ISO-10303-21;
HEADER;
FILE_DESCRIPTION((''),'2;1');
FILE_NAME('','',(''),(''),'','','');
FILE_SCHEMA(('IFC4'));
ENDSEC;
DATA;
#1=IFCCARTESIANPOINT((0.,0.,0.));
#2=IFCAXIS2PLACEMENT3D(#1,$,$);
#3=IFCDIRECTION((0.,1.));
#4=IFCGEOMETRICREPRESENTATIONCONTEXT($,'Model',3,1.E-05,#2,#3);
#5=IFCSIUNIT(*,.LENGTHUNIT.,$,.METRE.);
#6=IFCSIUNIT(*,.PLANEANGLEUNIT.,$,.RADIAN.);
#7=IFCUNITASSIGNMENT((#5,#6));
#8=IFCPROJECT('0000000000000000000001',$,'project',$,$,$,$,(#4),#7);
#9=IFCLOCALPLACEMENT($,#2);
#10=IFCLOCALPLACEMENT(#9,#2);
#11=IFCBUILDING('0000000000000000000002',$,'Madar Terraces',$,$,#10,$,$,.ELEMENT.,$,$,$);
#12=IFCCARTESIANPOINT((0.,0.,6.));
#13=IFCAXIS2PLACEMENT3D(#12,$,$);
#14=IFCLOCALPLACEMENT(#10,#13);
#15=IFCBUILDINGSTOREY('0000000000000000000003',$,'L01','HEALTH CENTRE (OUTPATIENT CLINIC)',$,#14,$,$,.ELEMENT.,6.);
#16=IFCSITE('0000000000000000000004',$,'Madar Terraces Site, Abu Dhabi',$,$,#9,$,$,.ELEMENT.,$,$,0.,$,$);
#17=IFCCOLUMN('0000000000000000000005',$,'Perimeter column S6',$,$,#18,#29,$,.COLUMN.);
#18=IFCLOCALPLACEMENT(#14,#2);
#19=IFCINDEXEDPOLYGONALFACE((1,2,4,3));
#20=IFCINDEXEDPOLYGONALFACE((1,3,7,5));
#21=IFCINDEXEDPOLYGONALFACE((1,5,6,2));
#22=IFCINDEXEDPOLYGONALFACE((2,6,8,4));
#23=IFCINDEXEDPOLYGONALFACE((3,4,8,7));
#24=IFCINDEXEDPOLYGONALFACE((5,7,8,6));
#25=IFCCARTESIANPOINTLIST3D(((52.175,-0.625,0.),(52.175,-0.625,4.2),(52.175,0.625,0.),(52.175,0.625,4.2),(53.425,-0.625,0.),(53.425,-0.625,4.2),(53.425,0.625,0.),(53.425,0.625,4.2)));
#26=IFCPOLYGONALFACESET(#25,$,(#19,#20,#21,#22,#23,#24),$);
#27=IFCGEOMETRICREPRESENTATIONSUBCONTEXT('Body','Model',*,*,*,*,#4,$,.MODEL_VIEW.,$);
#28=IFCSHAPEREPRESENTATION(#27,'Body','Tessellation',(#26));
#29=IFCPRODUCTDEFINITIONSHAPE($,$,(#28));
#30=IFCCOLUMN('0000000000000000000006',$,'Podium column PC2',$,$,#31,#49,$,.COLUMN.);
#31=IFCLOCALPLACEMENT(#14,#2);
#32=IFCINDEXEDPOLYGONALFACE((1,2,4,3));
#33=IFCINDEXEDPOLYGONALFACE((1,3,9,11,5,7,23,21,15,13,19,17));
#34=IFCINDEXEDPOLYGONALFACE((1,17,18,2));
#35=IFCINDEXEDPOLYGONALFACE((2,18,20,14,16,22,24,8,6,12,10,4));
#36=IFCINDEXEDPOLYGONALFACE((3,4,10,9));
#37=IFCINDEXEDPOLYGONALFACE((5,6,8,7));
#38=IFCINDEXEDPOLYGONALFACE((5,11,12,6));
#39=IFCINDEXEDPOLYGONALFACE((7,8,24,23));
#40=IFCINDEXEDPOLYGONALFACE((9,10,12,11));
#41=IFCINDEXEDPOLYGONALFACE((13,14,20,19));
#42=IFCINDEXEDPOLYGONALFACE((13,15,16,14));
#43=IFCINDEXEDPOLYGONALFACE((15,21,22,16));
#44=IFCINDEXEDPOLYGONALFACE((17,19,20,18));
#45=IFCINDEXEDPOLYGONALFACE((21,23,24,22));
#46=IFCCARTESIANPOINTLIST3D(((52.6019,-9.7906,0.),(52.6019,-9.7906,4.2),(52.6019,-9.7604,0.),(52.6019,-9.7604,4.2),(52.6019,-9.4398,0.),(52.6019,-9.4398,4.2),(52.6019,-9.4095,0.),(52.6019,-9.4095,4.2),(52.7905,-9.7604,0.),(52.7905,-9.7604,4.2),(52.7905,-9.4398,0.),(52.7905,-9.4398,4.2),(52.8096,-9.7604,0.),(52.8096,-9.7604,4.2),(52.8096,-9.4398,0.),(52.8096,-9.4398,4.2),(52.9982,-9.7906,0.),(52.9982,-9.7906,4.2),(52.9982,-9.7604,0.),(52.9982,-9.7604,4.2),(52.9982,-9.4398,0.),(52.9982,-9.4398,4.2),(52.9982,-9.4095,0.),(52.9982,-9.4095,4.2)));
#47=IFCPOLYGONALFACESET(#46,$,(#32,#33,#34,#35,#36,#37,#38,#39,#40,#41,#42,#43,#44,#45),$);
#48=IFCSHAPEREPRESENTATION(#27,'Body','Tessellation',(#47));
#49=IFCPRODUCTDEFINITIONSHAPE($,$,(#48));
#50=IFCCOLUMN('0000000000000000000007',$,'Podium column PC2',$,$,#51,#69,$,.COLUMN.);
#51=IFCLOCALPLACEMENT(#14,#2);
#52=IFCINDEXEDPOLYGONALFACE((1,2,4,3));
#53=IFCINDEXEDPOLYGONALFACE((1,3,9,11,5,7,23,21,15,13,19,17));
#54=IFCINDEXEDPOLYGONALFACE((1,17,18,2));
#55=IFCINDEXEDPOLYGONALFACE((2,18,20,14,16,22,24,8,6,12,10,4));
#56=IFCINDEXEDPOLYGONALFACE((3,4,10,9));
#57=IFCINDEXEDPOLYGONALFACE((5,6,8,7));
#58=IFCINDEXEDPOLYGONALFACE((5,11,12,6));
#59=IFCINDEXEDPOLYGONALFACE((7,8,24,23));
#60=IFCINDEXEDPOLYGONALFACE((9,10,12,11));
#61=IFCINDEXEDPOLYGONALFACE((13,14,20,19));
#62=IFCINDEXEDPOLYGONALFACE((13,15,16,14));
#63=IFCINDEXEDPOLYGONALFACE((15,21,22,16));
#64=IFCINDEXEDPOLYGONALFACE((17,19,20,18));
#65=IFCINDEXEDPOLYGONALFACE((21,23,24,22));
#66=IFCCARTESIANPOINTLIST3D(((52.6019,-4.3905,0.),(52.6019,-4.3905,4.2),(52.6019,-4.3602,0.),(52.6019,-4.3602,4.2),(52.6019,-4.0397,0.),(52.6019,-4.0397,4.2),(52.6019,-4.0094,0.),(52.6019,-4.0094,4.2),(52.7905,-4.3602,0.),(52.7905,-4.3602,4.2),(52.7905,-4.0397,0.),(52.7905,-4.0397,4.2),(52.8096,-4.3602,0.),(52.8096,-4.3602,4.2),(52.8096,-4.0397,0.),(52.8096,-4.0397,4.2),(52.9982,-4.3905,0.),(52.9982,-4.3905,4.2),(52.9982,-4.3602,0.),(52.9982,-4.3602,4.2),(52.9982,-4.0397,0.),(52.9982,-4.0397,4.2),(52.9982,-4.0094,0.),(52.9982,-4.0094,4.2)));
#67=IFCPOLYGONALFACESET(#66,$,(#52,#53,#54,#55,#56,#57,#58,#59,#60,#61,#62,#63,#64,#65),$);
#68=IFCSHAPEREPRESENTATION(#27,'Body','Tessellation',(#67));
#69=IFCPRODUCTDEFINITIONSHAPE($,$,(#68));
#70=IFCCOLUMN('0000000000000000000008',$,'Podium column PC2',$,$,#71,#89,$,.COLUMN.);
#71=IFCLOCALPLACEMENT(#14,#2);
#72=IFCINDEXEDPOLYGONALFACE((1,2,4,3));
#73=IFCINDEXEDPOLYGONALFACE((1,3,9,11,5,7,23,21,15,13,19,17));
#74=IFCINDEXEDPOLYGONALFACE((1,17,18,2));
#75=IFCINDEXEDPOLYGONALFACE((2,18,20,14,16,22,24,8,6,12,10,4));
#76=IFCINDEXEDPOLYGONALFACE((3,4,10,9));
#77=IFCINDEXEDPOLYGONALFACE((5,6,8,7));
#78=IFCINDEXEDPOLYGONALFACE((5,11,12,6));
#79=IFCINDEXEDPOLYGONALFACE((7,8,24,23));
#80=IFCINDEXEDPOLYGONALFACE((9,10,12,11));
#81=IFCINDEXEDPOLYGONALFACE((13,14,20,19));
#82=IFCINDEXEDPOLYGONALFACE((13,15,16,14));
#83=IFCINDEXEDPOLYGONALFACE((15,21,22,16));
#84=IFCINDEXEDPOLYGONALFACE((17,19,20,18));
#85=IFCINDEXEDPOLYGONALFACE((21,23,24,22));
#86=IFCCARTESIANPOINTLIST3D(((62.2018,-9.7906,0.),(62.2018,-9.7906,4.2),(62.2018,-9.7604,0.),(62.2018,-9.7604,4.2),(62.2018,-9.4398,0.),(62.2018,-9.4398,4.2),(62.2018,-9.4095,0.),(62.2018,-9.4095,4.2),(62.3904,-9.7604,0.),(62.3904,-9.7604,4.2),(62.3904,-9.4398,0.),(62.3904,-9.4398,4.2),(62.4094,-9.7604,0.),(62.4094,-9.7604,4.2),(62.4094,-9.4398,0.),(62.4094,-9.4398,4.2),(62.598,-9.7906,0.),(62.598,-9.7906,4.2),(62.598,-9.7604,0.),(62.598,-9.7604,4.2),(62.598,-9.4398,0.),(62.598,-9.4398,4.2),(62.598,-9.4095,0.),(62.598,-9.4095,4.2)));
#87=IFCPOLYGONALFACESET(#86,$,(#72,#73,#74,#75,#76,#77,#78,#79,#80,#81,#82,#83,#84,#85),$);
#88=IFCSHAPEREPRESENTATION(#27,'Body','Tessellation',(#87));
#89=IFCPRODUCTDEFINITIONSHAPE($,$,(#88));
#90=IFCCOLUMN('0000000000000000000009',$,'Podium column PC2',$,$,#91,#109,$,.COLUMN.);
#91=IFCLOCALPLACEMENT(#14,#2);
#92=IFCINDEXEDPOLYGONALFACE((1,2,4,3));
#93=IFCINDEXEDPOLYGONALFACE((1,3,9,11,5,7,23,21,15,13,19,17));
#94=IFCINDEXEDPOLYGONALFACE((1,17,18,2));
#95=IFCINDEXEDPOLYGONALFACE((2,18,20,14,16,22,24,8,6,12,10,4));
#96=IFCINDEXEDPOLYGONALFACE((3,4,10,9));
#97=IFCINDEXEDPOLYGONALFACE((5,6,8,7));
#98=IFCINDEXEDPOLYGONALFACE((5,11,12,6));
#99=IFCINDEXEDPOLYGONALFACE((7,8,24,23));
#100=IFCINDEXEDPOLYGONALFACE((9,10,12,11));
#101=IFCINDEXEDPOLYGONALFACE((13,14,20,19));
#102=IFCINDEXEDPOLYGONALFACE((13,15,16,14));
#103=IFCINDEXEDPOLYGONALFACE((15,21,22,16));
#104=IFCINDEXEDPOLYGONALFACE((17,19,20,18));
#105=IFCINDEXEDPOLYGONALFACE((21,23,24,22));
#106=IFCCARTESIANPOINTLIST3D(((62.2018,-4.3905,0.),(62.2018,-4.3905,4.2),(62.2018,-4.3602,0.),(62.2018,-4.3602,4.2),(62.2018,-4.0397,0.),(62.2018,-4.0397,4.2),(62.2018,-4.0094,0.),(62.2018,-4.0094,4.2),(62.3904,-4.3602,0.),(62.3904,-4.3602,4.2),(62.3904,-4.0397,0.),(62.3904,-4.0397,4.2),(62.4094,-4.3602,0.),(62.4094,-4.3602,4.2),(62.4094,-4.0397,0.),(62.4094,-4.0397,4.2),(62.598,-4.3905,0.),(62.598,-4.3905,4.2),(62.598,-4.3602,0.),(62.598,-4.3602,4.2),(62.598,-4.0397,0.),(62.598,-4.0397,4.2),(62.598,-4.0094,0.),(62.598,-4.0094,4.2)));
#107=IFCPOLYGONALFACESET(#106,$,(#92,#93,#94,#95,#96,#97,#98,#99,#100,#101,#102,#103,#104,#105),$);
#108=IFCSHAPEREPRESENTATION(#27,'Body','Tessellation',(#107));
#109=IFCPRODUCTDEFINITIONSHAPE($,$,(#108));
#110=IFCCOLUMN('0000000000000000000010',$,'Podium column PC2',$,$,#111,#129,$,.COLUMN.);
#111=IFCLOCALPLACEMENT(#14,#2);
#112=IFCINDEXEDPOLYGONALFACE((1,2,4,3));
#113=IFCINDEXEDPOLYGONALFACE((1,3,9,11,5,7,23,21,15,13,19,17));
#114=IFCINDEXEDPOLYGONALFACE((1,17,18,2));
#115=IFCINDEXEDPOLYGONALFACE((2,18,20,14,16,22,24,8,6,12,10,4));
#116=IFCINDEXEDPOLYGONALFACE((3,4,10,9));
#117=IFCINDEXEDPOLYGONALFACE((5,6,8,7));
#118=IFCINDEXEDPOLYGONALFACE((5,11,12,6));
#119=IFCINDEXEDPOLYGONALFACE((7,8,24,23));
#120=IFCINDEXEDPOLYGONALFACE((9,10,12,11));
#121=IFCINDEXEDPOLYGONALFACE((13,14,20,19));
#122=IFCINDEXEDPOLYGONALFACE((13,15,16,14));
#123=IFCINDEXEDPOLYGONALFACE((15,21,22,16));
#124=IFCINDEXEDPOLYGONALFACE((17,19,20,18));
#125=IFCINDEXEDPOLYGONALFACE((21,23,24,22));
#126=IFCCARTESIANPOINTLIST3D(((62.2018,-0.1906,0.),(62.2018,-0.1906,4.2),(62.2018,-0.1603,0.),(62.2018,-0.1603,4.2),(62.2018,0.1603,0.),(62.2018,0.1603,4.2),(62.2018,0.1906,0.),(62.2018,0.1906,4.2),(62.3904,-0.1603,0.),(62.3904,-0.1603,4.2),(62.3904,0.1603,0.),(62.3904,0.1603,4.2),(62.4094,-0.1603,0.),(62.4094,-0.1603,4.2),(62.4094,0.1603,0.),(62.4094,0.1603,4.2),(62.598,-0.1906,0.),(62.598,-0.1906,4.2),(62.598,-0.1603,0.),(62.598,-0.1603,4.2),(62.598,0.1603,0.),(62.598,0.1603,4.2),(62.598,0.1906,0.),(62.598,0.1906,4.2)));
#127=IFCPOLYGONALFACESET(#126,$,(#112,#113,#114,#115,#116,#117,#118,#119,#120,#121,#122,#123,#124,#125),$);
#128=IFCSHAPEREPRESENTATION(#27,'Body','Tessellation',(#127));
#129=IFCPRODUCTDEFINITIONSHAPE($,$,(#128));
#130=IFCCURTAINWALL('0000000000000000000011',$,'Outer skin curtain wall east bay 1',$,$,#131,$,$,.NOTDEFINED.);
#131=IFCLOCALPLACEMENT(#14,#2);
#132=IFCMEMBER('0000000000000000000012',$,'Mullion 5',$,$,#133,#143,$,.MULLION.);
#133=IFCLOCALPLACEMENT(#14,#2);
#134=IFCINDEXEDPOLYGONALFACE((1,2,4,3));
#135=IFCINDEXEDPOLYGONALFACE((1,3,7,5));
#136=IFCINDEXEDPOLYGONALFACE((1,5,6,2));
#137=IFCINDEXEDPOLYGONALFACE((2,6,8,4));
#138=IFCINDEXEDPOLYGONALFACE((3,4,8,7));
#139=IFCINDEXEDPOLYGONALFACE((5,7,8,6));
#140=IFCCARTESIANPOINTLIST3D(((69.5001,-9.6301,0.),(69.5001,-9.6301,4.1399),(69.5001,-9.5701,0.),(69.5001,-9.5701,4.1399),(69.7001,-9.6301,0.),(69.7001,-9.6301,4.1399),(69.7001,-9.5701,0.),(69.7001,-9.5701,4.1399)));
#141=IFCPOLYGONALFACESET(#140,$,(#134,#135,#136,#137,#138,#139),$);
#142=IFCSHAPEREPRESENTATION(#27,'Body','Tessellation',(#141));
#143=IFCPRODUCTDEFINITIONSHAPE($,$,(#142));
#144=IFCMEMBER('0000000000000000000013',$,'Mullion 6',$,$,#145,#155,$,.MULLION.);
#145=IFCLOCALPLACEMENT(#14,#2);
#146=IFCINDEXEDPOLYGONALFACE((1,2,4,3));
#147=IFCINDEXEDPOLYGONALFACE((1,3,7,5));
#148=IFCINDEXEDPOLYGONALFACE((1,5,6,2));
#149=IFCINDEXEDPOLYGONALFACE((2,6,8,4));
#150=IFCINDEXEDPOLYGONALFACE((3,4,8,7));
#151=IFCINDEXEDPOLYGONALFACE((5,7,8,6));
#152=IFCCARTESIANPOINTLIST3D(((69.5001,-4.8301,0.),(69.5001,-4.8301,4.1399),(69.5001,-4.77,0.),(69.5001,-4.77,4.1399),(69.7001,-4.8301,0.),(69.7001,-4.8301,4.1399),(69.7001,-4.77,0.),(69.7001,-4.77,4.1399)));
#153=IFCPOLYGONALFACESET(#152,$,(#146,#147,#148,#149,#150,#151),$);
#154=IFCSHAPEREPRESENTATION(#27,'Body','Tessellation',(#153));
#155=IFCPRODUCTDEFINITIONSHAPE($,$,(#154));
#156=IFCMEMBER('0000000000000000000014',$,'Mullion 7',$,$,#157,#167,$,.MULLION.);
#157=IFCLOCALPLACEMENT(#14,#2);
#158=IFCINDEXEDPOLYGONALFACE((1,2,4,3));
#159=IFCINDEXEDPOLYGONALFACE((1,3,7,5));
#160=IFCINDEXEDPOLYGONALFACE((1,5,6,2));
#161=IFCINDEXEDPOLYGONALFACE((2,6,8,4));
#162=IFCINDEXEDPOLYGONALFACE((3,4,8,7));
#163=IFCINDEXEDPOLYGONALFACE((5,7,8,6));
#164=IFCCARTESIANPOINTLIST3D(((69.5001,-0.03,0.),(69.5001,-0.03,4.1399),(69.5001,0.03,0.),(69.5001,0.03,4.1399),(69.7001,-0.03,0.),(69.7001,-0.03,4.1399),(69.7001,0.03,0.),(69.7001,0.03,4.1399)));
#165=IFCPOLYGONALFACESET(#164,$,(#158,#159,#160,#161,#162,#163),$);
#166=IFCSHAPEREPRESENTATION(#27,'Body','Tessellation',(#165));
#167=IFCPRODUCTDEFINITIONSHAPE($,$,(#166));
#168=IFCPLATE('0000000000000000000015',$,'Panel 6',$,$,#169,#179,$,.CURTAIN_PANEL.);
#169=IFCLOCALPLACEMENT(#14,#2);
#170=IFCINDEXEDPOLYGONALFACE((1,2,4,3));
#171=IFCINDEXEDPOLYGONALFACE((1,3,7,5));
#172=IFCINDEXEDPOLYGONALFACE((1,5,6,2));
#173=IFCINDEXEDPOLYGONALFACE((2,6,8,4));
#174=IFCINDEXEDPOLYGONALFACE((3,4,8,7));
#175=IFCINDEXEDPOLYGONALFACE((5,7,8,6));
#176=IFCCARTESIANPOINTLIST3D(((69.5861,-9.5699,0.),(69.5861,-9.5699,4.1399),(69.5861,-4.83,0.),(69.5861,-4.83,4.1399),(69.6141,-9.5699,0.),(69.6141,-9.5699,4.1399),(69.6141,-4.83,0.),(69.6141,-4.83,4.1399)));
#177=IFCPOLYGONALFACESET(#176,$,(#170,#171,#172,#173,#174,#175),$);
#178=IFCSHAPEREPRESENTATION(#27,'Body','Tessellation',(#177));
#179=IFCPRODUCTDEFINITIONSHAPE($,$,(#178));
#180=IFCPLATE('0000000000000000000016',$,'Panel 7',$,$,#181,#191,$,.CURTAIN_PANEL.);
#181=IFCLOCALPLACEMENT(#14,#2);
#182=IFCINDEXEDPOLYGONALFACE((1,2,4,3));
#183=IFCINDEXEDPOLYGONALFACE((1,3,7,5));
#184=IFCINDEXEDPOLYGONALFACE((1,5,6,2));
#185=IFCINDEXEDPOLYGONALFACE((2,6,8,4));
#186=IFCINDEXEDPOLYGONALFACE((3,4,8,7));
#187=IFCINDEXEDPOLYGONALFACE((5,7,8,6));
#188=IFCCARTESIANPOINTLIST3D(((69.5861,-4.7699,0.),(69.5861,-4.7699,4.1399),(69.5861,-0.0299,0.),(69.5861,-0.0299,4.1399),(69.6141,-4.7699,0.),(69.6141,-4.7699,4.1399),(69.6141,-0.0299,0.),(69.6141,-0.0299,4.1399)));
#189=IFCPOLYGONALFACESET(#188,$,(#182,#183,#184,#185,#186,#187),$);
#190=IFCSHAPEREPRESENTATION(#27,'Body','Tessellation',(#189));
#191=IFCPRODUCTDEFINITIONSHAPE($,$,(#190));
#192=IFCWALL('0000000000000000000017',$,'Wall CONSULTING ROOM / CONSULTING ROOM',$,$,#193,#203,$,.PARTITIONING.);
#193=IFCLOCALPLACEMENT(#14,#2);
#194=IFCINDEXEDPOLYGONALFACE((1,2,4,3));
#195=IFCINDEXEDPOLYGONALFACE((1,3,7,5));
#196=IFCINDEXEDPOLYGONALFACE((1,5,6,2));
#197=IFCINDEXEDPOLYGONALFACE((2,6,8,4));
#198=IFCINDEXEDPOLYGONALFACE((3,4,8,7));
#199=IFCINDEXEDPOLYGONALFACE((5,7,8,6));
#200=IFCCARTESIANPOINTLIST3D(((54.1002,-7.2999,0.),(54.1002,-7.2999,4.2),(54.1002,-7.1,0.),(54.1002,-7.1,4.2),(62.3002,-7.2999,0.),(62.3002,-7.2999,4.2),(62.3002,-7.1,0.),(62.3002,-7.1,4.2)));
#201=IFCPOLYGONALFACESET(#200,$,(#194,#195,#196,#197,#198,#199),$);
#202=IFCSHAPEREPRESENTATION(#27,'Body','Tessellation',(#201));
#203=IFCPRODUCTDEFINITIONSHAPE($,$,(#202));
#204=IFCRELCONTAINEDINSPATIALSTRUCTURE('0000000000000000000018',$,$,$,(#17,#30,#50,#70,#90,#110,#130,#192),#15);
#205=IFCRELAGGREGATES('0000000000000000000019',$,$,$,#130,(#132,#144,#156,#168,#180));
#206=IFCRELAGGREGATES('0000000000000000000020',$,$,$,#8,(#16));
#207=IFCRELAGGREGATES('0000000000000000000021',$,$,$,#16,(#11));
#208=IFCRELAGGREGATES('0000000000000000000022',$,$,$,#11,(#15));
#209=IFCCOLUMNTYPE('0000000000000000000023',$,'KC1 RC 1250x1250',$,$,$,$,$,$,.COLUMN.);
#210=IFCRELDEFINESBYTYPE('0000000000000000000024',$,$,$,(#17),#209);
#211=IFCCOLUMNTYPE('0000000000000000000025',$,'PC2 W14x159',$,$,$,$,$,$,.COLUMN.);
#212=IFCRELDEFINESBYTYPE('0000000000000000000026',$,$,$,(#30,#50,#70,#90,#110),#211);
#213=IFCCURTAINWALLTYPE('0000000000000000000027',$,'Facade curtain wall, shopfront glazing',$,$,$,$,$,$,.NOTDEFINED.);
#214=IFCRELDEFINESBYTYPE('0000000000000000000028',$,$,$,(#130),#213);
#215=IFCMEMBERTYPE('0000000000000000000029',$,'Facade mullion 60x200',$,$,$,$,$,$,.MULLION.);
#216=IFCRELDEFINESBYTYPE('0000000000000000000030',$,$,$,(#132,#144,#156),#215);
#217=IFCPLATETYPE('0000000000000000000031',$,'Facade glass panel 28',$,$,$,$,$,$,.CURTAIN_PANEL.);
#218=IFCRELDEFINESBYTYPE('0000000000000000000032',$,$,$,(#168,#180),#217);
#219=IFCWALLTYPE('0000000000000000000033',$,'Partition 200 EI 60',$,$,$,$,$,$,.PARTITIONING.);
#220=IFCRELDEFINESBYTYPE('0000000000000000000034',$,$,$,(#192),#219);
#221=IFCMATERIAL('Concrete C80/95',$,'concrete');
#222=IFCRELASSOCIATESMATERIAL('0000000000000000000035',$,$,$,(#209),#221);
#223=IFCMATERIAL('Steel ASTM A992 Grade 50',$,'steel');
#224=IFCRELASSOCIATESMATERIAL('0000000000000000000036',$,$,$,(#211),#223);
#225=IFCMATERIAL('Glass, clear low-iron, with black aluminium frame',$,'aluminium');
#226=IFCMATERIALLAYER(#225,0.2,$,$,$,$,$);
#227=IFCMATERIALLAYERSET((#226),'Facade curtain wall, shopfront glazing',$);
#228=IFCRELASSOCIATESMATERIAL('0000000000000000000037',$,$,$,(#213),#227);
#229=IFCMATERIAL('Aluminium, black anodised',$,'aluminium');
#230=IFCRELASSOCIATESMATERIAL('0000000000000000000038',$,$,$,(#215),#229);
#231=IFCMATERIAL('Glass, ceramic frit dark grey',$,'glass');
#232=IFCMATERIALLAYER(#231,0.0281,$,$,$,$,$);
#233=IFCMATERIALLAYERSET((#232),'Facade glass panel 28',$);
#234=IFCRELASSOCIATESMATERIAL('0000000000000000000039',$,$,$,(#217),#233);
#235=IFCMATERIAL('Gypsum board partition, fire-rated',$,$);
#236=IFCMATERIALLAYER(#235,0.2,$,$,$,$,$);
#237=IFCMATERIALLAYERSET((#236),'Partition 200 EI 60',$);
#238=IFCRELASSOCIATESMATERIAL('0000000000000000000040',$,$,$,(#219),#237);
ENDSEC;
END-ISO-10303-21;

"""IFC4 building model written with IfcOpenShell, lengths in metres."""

from ifc_helpers import new_model, si_unit, direction, frame, frame_2d, origin, origin_2d, place, context, subcontext, project, spatial, rectangle, i_section, extrude, material, layer, layer_set, material_profile, profile_set, type_object, element, aggregate, save


model = new_model("IFC4")

# Units and contexts
model_context = context("Model", 3, precision=1e-05, world=origin(), true_north=direction((0.0, 1.0)))
body_context = subcontext(model_context, "Body", "Model", "MODEL_VIEW")
ifc_project = project(units=[si_unit("LENGTHUNIT", "METRE"), si_unit("PLANEANGLEUNIT", "RADIAN")], contexts=[model_context])

# Site, building, storey
site_placement = place(None, origin())
site = spatial("IfcSite", under=ifc_project, at=site_placement, Name="Madar Terraces Site, Abu Dhabi", CompositionType="ELEMENT", RefElevation=0.0)
building_placement = place(site_placement, origin())
building = spatial("IfcBuilding", under=site, at=building_placement, Name="Madar Terraces", CompositionType="ELEMENT")
storey_placement = place(building_placement, frame((0.0, 0.0, 6.0)))
storey = spatial("IfcBuildingStorey", under=building, at=storey_placement, Name="L01", Description="HEALTH CENTRE (OUTPATIENT CLINIC)", CompositionType="ELEMENT", Elevation=6.0)

# Columns
ifc_material_1 = material(Name="Concrete C80/95", Category="concrete")
ifc_material_profile_1 = material_profile(ifc_material_1, rectangle(XDim=1.25, YDim=1.25, at=origin_2d()), Name="KC1 RC 1250x1250")
ifc_profile_set_1 = profile_set([ifc_material_profile_1], Name="Concrete C80/95")
column_type_1 = type_object("IfcColumnType", Name="KC1 RC 1250x1250", PredefinedType="COLUMN", material=ifc_profile_set_1)
column_placement = place(storey_placement, frame((52.8, 0.0, 0.0), z_axis=(0.0, 0.0, 1.0), x_axis=(1.0, 0.0, 0.0)))
element("IfcColumn", 1, at=column_placement, inside=storey, type_object=column_type_1, Name="Perimeter column S6", PredefinedType="COLUMN", context=body_context, shape_type="SweptSolid", body=[
    extrude(rectangle(XDim=1.25, YDim=1.25, at=origin_2d()), origin(), (0.0, 0.0, 1.0), 4.2),
])
ifc_material_2 = material(Name="Steel ASTM A992 Grade 50", Category="steel")
ifc_material_profile_2 = material_profile(ifc_material_2, i_section(OverallWidth=0.3962, OverallDepth=0.3811, WebThickness=0.019, FlangeThickness=0.0303, at=origin_2d()), Name="W14x159")
ifc_profile_set_2 = profile_set([ifc_material_profile_2], Name="Steel ASTM A992 Grade 50")
column_type_2 = type_object("IfcColumnType", Name="PC2 W14x159", PredefinedType="COLUMN", material=ifc_profile_set_2)
for number, where, z_axis, x_axis, name in (
    (2, (52.8, -9.6001, 0.0), (0.0, 0.0, 1.0), (1.0, 0.0, 0.0), "Podium column PC2"),
    (3, (52.8, -4.2, 0.0), (0.0, 0.0, 1.0), (1.0, 0.0, 0.0), "Podium column PC2"),
    (4, (62.3999, -9.6001, 0.0), (0.0, 0.0, 1.0), (1.0, 0.0, 0.0), "Podium column PC2"),
    (5, (62.3999, -4.2, 0.0), (0.0, 0.0, 1.0), (1.0, 0.0, 0.0), "Podium column PC2"),
    (6, (62.3999, 0.0, 0.0), (0.0, 0.0, 1.0), (1.0, 0.0, 0.0), "Podium column PC2"),
):
    element("IfcColumn", number, at=place(storey_placement, frame(where, z_axis=z_axis, x_axis=x_axis)), inside=storey, type_object=column_type_2, Name=name, PredefinedType="COLUMN", context=body_context, shape_type="SweptSolid", body=[
        extrude(i_section(OverallWidth=0.3962, OverallDepth=0.3811, WebThickness=0.019, FlangeThickness=0.0303, at=origin_2d()), origin(), (0.0, 0.0, 1.0), 4.2),
    ])

# Curtain wall, members, plates
ifc_material_3 = material(Name="Glass, clear low-iron, with black aluminium frame", Category="aluminium")
ifc_layer_1 = layer(ifc_material_3, 0.2)
ifc_layer_set_1 = layer_set([ifc_layer_1], Name="Facade curtain wall, shopfront glazing")
curtain_wall_type = type_object("IfcCurtainWallType", Name="Facade curtain wall, shopfront glazing", PredefinedType="NOTDEFINED", material=ifc_layer_set_1)
curtain_wall_placement = place(storey_placement, origin())
curtain_wall = element("IfcCurtainWall", 7, at=curtain_wall_placement, inside=storey, type_object=curtain_wall_type, Name="Outer skin curtain wall east bay 1", PredefinedType="NOTDEFINED")
ifc_material_4 = material(Name="Aluminium, black anodised", Category="aluminium")
ifc_material_profile_3 = material_profile(ifc_material_4, rectangle(XDim=0.2, YDim=0.0601, at=origin_2d()), Name="Facade mullion 60x200")
ifc_profile_set_3 = profile_set([ifc_material_profile_3], Name="Aluminium, black anodised")
member_type = type_object("IfcMemberType", Name="Facade mullion 60x200", PredefinedType="MULLION", material=ifc_profile_set_3)
member_1_placement = place(storey_placement, frame((69.6001, -9.6001, 0.0), z_axis=(0.0, 0.0, 1.0), x_axis=(-1.0, 0.0, 0.0)))
member_1 = element("IfcMember", 8, at=member_1_placement, type_object=member_type, Name="Mullion 5", PredefinedType="MULLION", context=body_context, shape_type="SweptSolid", body=[
    extrude(rectangle(XDim=0.2, YDim=0.0601, at=origin_2d()), origin(), (0.0, 0.0, 1.0), 4.1399),
])
member_2_placement = place(storey_placement, frame((69.6001, -4.8, 0.0), z_axis=(0.0, 0.0, 1.0), x_axis=(-1.0, 0.0, 0.0)))
member_2 = element("IfcMember", 9, at=member_2_placement, type_object=member_type, Name="Mullion 6", PredefinedType="MULLION", context=body_context, shape_type="SweptSolid", body=[
    extrude(rectangle(XDim=0.2, YDim=0.0601, at=origin_2d()), origin(), (0.0, 0.0, 1.0), 4.1399),
])
member_3_placement = place(storey_placement, frame((69.6001, 0.0, 0.0), z_axis=(0.0, 0.0, 1.0), x_axis=(-1.0, 0.0, 0.0)))
member_3 = element("IfcMember", 10, at=member_3_placement, type_object=member_type, Name="Mullion 7", PredefinedType="MULLION", context=body_context, shape_type="SweptSolid", body=[
    extrude(rectangle(XDim=0.2, YDim=0.0601, at=origin_2d()), origin(), (0.0, 0.0, 1.0), 4.1399),
])
ifc_material_5 = material(Name="Glass, ceramic frit dark grey", Category="glass")
ifc_layer_2 = layer(ifc_material_5, 0.0281)
ifc_layer_set_2 = layer_set([ifc_layer_2], Name="Facade glass panel 28")
plate_type = type_object("IfcPlateType", Name="Facade glass panel 28", PredefinedType="CURTAIN_PANEL", material=ifc_layer_set_2)
plate_1_placement = place(storey_placement, frame((69.6001, -7.2, 0.0), z_axis=(0.0, 0.0, 1.0), x_axis=(0.0, 1.0, 0.0)))
plate_1 = element("IfcPlate", 11, at=plate_1_placement, type_object=plate_type, Name="Panel 6", PredefinedType="CURTAIN_PANEL", context=body_context, shape_type="SweptSolid", body=[
    extrude(rectangle(XDim=4.74, YDim=0.0281, at=origin_2d()), origin(), (0.0, 0.0, 1.0), 4.1399),
])
plate_2_placement = place(storey_placement, frame((69.6001, -2.3999, 0.0), z_axis=(0.0, 0.0, 1.0), x_axis=(0.0, 1.0, 0.0)))
plate_2 = element("IfcPlate", 12, at=plate_2_placement, type_object=plate_type, Name="Panel 7", PredefinedType="CURTAIN_PANEL", context=body_context, shape_type="SweptSolid", body=[
    extrude(rectangle(XDim=4.74, YDim=0.0281, at=origin_2d()), origin(), (0.0, 0.0, 1.0), 4.1399),
])
aggregate(curtain_wall, [member_1, member_2, member_3, plate_1, plate_2])

# Wall
ifc_material_6 = material(Name="Gypsum board partition, fire-rated")
ifc_layer_3 = layer(ifc_material_6, 0.2)
ifc_layer_set_3 = layer_set([ifc_layer_3], Name="Partition 200 EI 60")
wall_type = type_object("IfcWallType", Name="Partition 200 EI 60", PredefinedType="PARTITIONING", material=ifc_layer_set_3)
wall_1_placement = place(storey_placement, frame((54.1001, -7.2, 0.0), z_axis=(0.0, 0.0, 1.0), x_axis=(1.0, 0.0, 0.0)))
element("IfcWall", 13, at=wall_1_placement, inside=storey, type_object=wall_type, Name="Wall CONSULTING ROOM / CONSULTING ROOM", PredefinedType="PARTITIONING", context=body_context, shape_type="SweptSolid", body=[
    extrude(rectangle(XDim=8.2, YDim=0.2, at=frame_2d((4.1001, 0.0))), origin(), (0.0, 0.0, 1.0), 4.2),
])

save(model, "model.ifc")
